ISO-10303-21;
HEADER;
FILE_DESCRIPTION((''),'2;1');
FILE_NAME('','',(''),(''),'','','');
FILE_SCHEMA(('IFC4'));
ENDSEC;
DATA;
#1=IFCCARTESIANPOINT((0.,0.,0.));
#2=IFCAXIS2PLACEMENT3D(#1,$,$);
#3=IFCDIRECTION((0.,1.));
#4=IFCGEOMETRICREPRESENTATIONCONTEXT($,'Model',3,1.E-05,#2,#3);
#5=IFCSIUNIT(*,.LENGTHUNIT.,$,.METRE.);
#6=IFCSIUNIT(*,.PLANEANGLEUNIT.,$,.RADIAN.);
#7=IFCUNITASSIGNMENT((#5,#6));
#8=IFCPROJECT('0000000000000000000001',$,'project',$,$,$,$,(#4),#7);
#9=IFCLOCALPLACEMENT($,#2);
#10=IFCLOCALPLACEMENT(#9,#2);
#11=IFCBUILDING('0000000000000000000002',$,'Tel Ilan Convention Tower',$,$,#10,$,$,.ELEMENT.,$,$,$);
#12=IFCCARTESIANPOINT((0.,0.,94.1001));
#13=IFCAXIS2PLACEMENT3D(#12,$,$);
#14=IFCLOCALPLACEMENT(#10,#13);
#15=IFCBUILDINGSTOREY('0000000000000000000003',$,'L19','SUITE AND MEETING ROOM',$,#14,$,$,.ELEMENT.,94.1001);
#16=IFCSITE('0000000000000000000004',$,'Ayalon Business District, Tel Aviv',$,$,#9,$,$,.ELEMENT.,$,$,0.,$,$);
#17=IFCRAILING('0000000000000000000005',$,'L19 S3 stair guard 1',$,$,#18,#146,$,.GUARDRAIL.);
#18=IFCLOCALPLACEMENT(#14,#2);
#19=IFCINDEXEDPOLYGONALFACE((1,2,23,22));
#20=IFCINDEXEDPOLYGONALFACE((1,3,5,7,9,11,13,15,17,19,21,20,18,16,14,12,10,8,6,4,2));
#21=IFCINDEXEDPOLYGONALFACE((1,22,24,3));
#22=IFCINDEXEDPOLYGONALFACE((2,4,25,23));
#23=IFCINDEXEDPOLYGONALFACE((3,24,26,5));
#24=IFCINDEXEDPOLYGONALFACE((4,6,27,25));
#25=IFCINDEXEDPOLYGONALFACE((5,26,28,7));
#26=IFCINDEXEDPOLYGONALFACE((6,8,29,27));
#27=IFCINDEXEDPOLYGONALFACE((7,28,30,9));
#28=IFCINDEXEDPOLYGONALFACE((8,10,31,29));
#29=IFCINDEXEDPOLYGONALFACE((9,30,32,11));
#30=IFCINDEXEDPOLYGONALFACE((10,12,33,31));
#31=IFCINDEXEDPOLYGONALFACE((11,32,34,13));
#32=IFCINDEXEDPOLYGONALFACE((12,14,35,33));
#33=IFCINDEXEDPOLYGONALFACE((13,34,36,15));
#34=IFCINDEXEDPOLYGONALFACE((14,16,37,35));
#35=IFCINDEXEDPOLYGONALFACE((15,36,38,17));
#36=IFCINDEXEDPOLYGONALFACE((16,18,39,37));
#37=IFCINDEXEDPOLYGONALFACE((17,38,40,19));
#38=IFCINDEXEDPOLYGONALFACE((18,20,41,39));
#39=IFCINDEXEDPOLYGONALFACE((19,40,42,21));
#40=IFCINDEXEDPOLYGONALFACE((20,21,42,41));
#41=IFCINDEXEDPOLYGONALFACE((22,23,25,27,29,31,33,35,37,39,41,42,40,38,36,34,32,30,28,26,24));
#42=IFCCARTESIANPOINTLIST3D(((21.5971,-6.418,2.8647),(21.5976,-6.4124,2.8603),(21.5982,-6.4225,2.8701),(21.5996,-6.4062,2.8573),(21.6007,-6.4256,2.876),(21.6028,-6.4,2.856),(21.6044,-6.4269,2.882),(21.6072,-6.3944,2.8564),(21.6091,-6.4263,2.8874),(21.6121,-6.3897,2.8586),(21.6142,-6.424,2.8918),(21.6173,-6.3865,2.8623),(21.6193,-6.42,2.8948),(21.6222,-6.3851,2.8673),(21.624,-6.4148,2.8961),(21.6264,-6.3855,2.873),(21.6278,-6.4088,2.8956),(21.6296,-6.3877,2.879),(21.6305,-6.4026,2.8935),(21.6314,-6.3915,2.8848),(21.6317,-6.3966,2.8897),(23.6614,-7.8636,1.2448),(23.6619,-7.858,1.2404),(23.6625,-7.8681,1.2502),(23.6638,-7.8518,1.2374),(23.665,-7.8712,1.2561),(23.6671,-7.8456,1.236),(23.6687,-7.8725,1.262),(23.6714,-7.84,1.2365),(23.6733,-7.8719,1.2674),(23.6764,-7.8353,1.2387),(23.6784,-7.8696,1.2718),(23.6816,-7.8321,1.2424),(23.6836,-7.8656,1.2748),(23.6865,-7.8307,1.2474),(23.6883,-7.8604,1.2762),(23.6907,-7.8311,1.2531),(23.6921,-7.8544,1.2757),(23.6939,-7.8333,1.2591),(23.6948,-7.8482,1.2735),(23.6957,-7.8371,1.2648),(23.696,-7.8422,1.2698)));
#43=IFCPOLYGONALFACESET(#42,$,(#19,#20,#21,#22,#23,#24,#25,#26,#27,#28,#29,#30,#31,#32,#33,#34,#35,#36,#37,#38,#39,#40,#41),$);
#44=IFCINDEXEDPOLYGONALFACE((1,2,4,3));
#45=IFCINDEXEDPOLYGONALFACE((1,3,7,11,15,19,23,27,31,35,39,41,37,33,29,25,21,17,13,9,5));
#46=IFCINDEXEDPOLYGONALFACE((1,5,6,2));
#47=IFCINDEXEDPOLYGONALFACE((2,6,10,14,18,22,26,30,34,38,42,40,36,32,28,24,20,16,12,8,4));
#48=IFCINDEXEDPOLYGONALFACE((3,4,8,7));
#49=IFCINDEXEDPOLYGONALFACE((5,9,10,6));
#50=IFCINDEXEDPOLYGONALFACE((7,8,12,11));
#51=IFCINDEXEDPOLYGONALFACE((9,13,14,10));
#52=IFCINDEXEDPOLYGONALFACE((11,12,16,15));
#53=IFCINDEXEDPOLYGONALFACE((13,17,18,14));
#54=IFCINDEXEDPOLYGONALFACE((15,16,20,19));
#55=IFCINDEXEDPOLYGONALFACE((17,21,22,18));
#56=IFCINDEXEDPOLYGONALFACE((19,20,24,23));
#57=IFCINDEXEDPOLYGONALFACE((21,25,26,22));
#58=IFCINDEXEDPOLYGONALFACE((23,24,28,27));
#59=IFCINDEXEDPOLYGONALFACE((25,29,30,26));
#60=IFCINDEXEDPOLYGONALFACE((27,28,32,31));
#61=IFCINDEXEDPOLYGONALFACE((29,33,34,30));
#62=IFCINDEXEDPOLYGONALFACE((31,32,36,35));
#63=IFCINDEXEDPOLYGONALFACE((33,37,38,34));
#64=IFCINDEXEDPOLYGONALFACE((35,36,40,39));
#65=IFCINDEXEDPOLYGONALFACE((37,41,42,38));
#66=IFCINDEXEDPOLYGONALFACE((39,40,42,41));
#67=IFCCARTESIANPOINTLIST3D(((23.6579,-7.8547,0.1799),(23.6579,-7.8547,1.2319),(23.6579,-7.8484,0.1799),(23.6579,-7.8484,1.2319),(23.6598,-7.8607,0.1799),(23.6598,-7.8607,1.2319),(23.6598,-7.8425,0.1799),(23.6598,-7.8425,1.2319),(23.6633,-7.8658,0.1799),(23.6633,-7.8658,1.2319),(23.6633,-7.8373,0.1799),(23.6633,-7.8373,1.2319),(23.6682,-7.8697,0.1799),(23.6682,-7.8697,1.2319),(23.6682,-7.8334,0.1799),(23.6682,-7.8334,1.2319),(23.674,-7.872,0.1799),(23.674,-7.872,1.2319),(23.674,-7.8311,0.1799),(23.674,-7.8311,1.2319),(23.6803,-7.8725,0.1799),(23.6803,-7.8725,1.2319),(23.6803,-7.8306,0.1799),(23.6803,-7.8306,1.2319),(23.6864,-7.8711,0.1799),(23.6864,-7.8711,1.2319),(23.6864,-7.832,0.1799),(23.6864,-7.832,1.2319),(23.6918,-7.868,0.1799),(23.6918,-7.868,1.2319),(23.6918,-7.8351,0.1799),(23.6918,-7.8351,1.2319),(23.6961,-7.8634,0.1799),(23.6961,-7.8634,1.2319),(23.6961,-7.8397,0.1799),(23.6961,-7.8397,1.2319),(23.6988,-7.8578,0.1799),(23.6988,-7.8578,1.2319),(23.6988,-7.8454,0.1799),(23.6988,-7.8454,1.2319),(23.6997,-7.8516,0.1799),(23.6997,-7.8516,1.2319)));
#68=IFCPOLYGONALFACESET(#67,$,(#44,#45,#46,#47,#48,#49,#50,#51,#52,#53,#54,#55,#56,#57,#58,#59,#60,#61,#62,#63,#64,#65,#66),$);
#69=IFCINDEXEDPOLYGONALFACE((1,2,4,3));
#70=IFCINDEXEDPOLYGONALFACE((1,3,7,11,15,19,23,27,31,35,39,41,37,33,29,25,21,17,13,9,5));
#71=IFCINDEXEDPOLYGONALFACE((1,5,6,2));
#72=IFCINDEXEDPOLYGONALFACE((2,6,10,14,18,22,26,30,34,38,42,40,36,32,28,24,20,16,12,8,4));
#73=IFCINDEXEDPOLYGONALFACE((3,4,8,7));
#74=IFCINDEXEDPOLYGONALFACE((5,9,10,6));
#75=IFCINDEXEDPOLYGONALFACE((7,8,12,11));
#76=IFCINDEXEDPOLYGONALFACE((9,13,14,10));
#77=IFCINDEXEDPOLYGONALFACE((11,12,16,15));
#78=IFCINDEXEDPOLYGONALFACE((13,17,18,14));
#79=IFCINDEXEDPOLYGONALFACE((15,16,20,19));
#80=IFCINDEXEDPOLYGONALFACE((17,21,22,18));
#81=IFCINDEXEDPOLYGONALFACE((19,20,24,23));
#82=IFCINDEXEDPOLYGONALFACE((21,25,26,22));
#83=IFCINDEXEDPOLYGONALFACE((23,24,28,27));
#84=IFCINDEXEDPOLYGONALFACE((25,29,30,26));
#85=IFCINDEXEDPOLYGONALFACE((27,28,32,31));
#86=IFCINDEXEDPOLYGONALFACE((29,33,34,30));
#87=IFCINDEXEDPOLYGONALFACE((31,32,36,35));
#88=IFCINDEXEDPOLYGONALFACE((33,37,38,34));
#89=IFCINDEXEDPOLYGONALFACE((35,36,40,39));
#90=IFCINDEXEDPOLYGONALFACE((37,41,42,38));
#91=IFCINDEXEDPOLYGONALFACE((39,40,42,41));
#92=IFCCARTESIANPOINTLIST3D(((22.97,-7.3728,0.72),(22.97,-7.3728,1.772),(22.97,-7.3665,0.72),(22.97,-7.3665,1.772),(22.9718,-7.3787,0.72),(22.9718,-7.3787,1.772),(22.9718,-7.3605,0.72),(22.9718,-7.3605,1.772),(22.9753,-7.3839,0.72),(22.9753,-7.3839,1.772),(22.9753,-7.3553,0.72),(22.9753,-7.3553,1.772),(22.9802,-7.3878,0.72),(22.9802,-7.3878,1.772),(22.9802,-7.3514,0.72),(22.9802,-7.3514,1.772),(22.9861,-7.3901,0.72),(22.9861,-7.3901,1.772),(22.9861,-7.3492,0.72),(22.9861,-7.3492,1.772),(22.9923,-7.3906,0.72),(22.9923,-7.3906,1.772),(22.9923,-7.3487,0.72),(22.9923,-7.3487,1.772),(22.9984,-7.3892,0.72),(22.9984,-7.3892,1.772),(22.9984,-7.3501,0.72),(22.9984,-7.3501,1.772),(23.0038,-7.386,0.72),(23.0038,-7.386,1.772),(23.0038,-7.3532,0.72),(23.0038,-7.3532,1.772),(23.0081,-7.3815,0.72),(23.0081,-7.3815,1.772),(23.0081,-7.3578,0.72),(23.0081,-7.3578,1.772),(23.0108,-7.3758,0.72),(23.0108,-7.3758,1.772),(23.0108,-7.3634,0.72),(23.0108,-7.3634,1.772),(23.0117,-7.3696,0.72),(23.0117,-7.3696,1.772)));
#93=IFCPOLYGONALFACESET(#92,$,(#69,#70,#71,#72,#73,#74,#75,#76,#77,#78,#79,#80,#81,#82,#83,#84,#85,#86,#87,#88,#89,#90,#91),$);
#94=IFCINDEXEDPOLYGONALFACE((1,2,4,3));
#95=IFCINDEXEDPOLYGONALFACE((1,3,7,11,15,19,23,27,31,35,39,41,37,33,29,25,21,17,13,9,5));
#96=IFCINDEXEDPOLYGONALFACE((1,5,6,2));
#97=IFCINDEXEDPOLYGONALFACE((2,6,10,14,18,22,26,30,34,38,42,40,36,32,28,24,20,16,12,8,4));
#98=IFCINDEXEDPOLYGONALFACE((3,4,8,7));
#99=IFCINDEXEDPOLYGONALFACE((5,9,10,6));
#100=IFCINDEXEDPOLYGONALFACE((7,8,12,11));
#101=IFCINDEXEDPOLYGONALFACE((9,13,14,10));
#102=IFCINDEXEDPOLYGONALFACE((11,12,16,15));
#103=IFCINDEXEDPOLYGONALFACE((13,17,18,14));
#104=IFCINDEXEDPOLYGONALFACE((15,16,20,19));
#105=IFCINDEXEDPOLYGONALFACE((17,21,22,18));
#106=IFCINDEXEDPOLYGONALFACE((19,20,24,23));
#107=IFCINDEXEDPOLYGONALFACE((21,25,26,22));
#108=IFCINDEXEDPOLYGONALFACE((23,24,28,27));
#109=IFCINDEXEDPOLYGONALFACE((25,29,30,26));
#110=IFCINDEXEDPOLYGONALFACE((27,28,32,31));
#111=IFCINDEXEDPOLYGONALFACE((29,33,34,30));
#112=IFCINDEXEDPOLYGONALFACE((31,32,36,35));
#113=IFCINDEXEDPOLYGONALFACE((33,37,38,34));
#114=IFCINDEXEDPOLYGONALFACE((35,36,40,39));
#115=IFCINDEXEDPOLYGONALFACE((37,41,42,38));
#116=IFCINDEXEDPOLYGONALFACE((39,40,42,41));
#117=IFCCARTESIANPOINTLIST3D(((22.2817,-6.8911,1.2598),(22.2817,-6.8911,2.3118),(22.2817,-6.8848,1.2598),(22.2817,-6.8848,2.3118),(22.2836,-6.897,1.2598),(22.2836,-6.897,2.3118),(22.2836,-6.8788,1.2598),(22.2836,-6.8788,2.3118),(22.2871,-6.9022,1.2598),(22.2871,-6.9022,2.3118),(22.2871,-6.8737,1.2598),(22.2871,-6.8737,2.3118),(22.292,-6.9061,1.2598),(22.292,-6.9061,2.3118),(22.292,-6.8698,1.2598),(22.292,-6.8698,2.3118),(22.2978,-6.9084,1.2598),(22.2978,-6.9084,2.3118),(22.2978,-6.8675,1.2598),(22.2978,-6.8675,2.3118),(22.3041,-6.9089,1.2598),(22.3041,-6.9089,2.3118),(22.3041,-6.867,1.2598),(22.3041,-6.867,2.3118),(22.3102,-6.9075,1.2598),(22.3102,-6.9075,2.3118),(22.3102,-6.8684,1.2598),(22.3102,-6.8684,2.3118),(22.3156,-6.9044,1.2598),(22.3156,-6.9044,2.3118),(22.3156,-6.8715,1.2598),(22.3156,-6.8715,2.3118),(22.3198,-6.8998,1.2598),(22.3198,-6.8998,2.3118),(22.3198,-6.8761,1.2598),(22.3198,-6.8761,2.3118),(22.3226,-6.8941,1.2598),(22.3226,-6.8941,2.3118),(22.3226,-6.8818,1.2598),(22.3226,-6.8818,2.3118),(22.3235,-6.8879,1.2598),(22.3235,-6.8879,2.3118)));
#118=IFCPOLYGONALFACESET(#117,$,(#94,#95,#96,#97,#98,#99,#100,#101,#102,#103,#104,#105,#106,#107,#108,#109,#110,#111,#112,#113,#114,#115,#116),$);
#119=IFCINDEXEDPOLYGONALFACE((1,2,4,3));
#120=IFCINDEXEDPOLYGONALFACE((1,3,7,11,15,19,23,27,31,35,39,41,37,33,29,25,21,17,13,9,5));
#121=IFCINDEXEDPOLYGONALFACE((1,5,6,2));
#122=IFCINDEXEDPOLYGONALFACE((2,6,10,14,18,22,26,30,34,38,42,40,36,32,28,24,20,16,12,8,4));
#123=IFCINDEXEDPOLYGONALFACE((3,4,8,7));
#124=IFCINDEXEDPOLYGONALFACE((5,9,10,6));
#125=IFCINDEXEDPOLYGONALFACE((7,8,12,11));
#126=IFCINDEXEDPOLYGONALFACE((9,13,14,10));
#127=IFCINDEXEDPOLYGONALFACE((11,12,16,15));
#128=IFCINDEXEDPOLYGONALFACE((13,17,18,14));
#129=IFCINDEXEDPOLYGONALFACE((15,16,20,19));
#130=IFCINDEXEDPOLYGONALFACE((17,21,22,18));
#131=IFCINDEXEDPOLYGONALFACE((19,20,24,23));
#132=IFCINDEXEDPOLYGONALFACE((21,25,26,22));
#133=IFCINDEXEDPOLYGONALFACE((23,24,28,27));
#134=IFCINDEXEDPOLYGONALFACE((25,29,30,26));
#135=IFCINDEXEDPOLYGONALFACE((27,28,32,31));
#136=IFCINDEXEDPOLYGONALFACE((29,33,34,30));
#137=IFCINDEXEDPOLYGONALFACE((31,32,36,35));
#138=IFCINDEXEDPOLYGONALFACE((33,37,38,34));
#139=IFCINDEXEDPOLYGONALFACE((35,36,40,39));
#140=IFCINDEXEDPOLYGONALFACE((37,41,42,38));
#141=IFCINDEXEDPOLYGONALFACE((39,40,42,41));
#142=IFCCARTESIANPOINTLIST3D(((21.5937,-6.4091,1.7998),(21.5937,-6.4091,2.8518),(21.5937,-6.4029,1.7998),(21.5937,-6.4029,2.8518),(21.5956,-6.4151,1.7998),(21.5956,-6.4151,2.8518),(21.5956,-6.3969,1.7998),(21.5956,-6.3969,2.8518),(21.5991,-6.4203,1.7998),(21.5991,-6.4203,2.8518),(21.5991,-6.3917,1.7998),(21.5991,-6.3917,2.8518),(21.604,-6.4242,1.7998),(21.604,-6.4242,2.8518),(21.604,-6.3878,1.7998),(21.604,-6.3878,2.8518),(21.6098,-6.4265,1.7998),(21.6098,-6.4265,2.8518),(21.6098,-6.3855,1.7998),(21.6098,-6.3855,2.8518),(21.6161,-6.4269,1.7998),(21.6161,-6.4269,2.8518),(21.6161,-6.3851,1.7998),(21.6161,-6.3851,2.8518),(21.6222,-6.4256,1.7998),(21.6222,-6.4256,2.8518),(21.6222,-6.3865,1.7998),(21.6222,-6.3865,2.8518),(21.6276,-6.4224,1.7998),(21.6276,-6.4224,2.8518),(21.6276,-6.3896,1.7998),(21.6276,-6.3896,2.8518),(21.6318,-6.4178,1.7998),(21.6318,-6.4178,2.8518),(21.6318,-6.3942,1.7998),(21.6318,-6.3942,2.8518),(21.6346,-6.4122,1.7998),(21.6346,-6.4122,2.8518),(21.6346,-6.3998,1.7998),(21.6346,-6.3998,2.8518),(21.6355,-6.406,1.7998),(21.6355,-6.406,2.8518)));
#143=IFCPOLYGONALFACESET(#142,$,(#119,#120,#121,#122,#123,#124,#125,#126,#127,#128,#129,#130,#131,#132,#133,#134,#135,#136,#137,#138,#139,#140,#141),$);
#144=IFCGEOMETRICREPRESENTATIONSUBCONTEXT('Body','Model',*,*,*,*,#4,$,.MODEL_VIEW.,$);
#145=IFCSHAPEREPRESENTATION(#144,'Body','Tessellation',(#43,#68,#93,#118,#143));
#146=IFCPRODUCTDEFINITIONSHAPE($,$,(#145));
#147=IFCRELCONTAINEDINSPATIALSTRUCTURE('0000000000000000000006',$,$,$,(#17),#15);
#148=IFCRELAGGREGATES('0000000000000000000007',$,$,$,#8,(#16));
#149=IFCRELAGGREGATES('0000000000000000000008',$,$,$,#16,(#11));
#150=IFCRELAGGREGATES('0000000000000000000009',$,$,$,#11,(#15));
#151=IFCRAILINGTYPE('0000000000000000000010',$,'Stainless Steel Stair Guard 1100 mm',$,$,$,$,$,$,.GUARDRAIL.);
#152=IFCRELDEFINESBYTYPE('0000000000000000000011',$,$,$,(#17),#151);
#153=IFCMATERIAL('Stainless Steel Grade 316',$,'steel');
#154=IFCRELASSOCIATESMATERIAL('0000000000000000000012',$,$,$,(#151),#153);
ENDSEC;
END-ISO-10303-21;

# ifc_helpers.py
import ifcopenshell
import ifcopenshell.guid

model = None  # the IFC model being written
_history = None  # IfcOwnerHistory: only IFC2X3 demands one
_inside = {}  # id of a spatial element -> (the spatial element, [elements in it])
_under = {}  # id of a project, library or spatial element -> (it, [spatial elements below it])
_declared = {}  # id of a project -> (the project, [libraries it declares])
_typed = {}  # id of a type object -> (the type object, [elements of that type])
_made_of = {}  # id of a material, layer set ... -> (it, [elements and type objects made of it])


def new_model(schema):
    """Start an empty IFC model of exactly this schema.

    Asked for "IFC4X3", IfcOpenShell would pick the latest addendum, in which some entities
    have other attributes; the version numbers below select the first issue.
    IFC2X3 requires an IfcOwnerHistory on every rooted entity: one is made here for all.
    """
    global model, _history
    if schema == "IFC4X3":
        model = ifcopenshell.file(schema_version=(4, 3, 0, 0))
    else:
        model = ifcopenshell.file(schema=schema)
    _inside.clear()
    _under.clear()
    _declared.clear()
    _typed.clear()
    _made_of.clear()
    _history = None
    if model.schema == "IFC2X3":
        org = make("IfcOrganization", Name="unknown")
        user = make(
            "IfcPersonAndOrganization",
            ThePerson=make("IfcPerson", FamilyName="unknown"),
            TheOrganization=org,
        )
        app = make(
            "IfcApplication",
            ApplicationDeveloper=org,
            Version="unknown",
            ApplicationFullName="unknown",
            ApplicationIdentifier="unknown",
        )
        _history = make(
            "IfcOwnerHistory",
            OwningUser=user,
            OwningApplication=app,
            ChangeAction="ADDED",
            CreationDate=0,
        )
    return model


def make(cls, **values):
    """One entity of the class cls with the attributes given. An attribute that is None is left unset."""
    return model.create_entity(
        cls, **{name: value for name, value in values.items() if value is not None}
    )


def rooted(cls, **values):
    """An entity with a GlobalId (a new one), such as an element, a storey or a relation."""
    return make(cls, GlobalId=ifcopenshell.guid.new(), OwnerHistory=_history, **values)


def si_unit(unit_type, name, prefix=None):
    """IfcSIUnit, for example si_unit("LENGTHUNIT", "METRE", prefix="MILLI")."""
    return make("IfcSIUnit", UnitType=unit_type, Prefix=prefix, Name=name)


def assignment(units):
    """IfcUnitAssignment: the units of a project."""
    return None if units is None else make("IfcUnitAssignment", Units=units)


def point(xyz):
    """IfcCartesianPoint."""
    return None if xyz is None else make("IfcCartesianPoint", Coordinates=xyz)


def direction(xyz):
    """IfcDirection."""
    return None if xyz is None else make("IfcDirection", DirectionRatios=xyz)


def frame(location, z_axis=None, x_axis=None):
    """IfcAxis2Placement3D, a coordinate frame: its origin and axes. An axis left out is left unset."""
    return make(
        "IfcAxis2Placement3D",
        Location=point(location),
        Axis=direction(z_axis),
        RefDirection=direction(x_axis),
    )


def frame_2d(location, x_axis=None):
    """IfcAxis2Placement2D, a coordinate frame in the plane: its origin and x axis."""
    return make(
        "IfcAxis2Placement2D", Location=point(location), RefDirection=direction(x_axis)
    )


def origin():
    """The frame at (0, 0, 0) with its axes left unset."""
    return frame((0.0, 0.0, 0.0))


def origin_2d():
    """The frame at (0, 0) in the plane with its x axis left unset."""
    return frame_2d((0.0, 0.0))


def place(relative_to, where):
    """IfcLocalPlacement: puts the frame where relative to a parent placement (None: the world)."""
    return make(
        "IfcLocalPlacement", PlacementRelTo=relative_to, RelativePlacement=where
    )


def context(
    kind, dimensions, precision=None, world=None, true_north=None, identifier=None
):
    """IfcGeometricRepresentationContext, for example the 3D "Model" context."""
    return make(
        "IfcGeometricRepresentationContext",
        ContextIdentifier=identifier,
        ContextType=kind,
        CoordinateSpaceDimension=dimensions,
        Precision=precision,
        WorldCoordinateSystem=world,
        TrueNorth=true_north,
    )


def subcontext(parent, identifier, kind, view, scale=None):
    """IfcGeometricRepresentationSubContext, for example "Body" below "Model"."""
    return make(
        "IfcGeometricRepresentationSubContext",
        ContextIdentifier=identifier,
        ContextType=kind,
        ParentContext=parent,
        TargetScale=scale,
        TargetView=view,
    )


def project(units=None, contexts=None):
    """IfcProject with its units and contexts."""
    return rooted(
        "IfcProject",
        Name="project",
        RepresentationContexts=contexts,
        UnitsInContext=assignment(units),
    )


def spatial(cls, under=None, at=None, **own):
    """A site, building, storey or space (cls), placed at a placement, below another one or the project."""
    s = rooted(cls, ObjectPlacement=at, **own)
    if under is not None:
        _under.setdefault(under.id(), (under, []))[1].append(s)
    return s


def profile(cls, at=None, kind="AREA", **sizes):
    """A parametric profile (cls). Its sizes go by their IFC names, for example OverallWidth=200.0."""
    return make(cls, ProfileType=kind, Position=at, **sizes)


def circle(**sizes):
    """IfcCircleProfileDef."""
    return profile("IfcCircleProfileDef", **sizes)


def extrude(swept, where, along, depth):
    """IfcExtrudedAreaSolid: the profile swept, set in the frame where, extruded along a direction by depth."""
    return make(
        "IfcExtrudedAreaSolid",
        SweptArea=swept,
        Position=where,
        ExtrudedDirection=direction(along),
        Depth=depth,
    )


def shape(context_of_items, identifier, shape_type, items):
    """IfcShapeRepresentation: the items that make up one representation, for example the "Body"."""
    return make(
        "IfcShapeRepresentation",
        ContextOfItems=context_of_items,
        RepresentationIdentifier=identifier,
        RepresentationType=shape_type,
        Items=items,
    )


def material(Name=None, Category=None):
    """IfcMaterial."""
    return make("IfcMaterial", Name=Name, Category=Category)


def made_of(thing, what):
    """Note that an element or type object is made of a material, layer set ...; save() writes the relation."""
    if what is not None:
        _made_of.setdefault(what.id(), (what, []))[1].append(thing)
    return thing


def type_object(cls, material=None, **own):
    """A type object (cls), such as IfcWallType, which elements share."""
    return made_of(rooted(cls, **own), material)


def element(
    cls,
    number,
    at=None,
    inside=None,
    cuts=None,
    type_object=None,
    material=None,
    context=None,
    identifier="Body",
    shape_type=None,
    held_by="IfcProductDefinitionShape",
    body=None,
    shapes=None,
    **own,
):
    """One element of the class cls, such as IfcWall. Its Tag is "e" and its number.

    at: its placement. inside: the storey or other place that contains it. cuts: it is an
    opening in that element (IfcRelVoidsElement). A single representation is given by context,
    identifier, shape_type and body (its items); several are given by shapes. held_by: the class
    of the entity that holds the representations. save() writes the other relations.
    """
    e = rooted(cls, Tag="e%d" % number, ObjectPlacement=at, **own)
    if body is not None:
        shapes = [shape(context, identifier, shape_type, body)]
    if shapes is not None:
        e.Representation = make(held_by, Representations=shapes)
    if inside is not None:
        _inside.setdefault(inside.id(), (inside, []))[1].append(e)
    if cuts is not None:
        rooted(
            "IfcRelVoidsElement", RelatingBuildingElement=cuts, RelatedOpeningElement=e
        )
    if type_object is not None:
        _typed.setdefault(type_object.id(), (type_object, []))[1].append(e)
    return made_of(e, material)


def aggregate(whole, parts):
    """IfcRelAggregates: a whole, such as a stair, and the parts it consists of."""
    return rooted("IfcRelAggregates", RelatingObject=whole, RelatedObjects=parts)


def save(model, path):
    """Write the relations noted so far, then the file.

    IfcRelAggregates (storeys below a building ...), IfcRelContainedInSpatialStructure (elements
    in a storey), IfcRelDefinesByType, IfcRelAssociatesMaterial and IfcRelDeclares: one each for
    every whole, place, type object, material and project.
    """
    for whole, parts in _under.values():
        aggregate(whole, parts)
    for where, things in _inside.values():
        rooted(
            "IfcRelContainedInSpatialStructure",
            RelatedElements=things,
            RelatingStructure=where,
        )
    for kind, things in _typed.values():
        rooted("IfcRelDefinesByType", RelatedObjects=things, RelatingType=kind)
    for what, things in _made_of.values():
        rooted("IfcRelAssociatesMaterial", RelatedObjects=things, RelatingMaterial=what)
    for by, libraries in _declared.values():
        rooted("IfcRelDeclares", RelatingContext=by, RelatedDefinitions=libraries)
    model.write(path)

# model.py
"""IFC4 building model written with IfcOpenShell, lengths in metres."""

from ifc_helpers import new_model, si_unit, direction, frame, origin, origin_2d, place, context, subcontext, project, spatial, circle, extrude, material, type_object, element, save


model = new_model("IFC4")

# Units and contexts
model_context = context("Model", 3, precision=1e-05, world=origin(), true_north=direction((0.0, 1.0)))
body_context = subcontext(model_context, "Body", "Model", "MODEL_VIEW")
ifc_project = project(units=[si_unit("LENGTHUNIT", "METRE"), si_unit("PLANEANGLEUNIT", "RADIAN")], contexts=[model_context])

# Site, building, storey
site_placement = place(None, origin())
site = spatial("IfcSite", under=ifc_project, at=site_placement, Name="Ayalon Business District, Tel Aviv", CompositionType="ELEMENT", RefElevation=0.0)
building_placement = place(site_placement, origin())
building = spatial("IfcBuilding", under=site, at=building_placement, Name="Tel Ilan Convention Tower", CompositionType="ELEMENT")
storey_placement = place(building_placement, frame((0.0, 0.0, 94.1001)))
storey = spatial("IfcBuildingStorey", under=building, at=storey_placement, Name="L19", Description="SUITE AND MEETING ROOM", CompositionType="ELEMENT", Elevation=94.1001)

# Railing
ifc_material_1 = material(Name="Stainless Steel Grade 316", Category="steel")
railing_type_1 = type_object("IfcRailingType", Name="Stainless Steel Stair Guard 1100 mm", PredefinedType="GUARDRAIL", material=ifc_material_1)
railing_1_placement = place(storey_placement, frame((23.6787, -7.8516, 0.1799)))
element("IfcRailing", 1, at=railing_1_placement, inside=storey, type_object=railing_type_1, Name="L19 S3 stair guard 1", PredefinedType="GUARDRAIL", context=body_context, shape_type="SweptSolid", body=[
    extrude(circle(Radius=0.0239, at=origin_2d()), frame((0.0, 0.0, 1.0762), z_axis=(-0.689043, 0.482534, 0.540722), x_axis=(-0.573625, -0.819118, 0.0)), (0.0, 0.0, 1.0), 2.9958),
    extrude(circle(Radius=0.021, at=origin_2d()), origin(), (0.0, 0.0, 1.0), 1.052),
    extrude(circle(Radius=0.021, at=origin_2d()), frame((-0.688, 0.4819, 0.54)), (0.0, 0.0, 1.0), 1.052),
    extrude(circle(Radius=0.021, at=origin_2d()), frame((-1.3762, 0.9636, 1.0798)), (0.0, 0.0, 1.0), 1.052),
    extrude(circle(Radius=0.021, at=origin_2d()), frame((-2.0642, 1.4456, 1.6199)), (0.0, 0.0, 1.0), 1.052),
])

save(model, "model.ifc")
